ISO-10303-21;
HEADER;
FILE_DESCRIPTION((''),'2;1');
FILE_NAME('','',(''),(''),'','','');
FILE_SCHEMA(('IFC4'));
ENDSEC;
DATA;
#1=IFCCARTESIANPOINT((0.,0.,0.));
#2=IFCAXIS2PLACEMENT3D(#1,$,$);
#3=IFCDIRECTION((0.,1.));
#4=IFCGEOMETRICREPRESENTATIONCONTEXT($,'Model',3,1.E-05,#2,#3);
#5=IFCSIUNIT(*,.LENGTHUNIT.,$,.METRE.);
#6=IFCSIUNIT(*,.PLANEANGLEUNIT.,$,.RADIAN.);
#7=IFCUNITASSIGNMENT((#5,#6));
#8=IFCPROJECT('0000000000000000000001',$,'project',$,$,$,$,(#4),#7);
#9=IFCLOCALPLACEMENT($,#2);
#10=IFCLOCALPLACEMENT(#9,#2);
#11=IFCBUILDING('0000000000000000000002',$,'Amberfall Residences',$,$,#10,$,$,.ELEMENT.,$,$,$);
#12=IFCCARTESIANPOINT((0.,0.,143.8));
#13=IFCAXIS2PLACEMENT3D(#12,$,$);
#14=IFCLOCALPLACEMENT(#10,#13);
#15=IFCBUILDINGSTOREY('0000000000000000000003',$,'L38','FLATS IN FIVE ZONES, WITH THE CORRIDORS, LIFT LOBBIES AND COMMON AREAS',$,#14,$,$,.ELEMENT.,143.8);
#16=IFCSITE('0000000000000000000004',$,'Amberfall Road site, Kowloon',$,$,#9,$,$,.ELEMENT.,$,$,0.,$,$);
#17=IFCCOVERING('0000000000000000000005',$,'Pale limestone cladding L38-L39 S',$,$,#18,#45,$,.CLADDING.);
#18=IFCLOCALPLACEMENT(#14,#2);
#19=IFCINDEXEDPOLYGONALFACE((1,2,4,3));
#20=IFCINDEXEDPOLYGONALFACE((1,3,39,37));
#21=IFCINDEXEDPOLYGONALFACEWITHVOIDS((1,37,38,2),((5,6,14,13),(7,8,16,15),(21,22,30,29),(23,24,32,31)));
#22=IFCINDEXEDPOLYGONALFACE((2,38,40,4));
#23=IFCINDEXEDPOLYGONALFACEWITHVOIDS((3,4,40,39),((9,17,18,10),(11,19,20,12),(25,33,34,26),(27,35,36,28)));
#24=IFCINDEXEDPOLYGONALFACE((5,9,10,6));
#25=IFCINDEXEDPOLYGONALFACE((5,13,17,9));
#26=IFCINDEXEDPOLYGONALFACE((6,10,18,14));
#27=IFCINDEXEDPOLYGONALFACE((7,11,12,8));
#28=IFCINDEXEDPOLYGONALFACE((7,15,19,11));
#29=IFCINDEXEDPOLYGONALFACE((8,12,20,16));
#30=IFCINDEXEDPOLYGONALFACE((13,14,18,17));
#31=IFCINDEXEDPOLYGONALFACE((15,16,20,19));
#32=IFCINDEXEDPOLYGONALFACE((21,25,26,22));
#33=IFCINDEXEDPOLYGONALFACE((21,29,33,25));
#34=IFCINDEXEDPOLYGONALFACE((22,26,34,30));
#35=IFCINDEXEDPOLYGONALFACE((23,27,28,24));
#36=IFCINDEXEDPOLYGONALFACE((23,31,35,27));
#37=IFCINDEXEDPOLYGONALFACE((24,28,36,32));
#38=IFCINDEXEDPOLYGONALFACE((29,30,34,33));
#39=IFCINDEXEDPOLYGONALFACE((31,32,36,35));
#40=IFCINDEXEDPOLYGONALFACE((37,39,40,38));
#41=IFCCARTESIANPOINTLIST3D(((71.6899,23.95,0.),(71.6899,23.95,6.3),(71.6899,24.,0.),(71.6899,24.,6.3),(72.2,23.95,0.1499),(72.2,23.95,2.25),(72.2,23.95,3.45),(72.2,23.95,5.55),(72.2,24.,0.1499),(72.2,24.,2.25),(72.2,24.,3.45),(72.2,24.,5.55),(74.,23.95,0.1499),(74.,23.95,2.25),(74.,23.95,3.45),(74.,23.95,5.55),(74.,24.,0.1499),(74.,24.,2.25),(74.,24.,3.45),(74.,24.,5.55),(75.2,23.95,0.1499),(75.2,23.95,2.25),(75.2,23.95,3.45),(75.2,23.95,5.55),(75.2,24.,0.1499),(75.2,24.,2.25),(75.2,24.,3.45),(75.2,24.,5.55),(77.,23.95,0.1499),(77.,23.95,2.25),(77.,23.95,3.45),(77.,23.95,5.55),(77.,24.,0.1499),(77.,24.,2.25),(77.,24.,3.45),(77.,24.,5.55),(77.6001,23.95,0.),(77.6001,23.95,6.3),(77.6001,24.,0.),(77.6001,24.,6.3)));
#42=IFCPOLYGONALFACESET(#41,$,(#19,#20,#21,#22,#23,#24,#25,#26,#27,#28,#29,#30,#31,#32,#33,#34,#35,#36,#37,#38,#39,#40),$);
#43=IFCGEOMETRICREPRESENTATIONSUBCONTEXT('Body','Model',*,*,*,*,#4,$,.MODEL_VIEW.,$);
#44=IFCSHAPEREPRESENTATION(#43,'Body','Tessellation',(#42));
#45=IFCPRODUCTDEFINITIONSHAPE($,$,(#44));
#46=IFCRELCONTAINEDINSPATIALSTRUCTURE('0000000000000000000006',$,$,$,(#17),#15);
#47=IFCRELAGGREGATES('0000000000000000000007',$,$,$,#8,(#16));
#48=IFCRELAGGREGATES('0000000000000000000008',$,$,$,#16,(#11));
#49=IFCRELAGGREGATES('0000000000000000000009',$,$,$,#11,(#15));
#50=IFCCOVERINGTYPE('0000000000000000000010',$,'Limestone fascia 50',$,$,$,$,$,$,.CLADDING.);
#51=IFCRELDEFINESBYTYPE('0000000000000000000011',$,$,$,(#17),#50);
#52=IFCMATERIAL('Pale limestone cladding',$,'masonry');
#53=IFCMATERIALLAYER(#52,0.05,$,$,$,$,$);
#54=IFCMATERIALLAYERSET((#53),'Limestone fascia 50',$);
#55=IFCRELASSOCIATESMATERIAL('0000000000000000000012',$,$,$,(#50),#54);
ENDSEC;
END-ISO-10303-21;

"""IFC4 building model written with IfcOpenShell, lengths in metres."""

from ifc_helpers import new_model, si_unit, direction, frame, origin, place, context, subcontext, project, spatial, polyline, outline, extrude, material, layer, layer_set, type_object, element, save


model = new_model("IFC4")

# Units and contexts
model_context = context("Model", 3, precision=1e-05, world=origin(), true_north=direction((0.0, 1.0)))
body_context = subcontext(model_context, "Body", "Model", "MODEL_VIEW")
ifc_project = project(units=[si_unit("LENGTHUNIT", "METRE"), si_unit("PLANEANGLEUNIT", "RADIAN")], contexts=[model_context])

# Site, building, storey
site_placement = place(None, origin())
site = spatial("IfcSite", under=ifc_project, at=site_placement, Name="Amberfall Road site, Kowloon", CompositionType="ELEMENT", RefElevation=0.0)
building_placement = place(site_placement, origin())
building = spatial("IfcBuilding", under=site, at=building_placement, Name="Amberfall Residences", CompositionType="ELEMENT")
storey_placement = place(building_placement, frame((0.0, 0.0, 143.8)))
storey = spatial("IfcBuildingStorey", under=building, at=storey_placement, Name="L38", Description="FLATS IN FIVE ZONES, WITH THE CORRIDORS, LIFT LOBBIES AND COMMON AREAS", CompositionType="ELEMENT", Elevation=143.8)

# Covering
ifc_material_1 = material(Name="Pale limestone cladding", Category="masonry")
ifc_layer_1 = layer(ifc_material_1, 0.05)
ifc_layer_set_1 = layer_set([ifc_layer_1], Name="Limestone fascia 50")
covering_type = type_object("IfcCoveringType", Name="Limestone fascia 50", PredefinedType="CLADDING", material=ifc_layer_set_1)
covering_placement = place(storey_placement, frame((71.6899, 24.0, 6.3), z_axis=(0.0, 1.0, 0.0), x_axis=(1.0, 0.0, 0.0)))
element("IfcCovering", 1, at=covering_placement, inside=storey, type_object=covering_type, Name="Pale limestone cladding L38-L39 S", PredefinedType="CLADDING", context=body_context, shape_type="SweptSolid", body=[
    extrude(outline(polyline([(0.0, 0.0), (5.9102, 0.0), (5.9102, 6.3), (0.0, 6.3), (0.0, 0.0)]), holes=[polyline([(0.51, 4.05), (2.3101, 4.05), (2.3101, 6.1501), (0.51, 6.1501), (0.51, 4.05)]), polyline([(3.51, 4.05), (5.3101, 4.05), (5.3101, 6.1501), (3.51, 6.1501), (3.51, 4.05)]), polyline([(0.51, 0.75), (2.3101, 0.75), (2.3101, 2.8501), (0.51, 2.8501), (0.51, 0.75)]), polyline([(3.51, 0.75), (5.3101, 0.75), (5.3101, 2.8501), (3.51, 2.8501), (3.51, 0.75)])]), origin(), (0.0, 0.0, -1.0), 0.05),
])

save(model, "model.ifc")
